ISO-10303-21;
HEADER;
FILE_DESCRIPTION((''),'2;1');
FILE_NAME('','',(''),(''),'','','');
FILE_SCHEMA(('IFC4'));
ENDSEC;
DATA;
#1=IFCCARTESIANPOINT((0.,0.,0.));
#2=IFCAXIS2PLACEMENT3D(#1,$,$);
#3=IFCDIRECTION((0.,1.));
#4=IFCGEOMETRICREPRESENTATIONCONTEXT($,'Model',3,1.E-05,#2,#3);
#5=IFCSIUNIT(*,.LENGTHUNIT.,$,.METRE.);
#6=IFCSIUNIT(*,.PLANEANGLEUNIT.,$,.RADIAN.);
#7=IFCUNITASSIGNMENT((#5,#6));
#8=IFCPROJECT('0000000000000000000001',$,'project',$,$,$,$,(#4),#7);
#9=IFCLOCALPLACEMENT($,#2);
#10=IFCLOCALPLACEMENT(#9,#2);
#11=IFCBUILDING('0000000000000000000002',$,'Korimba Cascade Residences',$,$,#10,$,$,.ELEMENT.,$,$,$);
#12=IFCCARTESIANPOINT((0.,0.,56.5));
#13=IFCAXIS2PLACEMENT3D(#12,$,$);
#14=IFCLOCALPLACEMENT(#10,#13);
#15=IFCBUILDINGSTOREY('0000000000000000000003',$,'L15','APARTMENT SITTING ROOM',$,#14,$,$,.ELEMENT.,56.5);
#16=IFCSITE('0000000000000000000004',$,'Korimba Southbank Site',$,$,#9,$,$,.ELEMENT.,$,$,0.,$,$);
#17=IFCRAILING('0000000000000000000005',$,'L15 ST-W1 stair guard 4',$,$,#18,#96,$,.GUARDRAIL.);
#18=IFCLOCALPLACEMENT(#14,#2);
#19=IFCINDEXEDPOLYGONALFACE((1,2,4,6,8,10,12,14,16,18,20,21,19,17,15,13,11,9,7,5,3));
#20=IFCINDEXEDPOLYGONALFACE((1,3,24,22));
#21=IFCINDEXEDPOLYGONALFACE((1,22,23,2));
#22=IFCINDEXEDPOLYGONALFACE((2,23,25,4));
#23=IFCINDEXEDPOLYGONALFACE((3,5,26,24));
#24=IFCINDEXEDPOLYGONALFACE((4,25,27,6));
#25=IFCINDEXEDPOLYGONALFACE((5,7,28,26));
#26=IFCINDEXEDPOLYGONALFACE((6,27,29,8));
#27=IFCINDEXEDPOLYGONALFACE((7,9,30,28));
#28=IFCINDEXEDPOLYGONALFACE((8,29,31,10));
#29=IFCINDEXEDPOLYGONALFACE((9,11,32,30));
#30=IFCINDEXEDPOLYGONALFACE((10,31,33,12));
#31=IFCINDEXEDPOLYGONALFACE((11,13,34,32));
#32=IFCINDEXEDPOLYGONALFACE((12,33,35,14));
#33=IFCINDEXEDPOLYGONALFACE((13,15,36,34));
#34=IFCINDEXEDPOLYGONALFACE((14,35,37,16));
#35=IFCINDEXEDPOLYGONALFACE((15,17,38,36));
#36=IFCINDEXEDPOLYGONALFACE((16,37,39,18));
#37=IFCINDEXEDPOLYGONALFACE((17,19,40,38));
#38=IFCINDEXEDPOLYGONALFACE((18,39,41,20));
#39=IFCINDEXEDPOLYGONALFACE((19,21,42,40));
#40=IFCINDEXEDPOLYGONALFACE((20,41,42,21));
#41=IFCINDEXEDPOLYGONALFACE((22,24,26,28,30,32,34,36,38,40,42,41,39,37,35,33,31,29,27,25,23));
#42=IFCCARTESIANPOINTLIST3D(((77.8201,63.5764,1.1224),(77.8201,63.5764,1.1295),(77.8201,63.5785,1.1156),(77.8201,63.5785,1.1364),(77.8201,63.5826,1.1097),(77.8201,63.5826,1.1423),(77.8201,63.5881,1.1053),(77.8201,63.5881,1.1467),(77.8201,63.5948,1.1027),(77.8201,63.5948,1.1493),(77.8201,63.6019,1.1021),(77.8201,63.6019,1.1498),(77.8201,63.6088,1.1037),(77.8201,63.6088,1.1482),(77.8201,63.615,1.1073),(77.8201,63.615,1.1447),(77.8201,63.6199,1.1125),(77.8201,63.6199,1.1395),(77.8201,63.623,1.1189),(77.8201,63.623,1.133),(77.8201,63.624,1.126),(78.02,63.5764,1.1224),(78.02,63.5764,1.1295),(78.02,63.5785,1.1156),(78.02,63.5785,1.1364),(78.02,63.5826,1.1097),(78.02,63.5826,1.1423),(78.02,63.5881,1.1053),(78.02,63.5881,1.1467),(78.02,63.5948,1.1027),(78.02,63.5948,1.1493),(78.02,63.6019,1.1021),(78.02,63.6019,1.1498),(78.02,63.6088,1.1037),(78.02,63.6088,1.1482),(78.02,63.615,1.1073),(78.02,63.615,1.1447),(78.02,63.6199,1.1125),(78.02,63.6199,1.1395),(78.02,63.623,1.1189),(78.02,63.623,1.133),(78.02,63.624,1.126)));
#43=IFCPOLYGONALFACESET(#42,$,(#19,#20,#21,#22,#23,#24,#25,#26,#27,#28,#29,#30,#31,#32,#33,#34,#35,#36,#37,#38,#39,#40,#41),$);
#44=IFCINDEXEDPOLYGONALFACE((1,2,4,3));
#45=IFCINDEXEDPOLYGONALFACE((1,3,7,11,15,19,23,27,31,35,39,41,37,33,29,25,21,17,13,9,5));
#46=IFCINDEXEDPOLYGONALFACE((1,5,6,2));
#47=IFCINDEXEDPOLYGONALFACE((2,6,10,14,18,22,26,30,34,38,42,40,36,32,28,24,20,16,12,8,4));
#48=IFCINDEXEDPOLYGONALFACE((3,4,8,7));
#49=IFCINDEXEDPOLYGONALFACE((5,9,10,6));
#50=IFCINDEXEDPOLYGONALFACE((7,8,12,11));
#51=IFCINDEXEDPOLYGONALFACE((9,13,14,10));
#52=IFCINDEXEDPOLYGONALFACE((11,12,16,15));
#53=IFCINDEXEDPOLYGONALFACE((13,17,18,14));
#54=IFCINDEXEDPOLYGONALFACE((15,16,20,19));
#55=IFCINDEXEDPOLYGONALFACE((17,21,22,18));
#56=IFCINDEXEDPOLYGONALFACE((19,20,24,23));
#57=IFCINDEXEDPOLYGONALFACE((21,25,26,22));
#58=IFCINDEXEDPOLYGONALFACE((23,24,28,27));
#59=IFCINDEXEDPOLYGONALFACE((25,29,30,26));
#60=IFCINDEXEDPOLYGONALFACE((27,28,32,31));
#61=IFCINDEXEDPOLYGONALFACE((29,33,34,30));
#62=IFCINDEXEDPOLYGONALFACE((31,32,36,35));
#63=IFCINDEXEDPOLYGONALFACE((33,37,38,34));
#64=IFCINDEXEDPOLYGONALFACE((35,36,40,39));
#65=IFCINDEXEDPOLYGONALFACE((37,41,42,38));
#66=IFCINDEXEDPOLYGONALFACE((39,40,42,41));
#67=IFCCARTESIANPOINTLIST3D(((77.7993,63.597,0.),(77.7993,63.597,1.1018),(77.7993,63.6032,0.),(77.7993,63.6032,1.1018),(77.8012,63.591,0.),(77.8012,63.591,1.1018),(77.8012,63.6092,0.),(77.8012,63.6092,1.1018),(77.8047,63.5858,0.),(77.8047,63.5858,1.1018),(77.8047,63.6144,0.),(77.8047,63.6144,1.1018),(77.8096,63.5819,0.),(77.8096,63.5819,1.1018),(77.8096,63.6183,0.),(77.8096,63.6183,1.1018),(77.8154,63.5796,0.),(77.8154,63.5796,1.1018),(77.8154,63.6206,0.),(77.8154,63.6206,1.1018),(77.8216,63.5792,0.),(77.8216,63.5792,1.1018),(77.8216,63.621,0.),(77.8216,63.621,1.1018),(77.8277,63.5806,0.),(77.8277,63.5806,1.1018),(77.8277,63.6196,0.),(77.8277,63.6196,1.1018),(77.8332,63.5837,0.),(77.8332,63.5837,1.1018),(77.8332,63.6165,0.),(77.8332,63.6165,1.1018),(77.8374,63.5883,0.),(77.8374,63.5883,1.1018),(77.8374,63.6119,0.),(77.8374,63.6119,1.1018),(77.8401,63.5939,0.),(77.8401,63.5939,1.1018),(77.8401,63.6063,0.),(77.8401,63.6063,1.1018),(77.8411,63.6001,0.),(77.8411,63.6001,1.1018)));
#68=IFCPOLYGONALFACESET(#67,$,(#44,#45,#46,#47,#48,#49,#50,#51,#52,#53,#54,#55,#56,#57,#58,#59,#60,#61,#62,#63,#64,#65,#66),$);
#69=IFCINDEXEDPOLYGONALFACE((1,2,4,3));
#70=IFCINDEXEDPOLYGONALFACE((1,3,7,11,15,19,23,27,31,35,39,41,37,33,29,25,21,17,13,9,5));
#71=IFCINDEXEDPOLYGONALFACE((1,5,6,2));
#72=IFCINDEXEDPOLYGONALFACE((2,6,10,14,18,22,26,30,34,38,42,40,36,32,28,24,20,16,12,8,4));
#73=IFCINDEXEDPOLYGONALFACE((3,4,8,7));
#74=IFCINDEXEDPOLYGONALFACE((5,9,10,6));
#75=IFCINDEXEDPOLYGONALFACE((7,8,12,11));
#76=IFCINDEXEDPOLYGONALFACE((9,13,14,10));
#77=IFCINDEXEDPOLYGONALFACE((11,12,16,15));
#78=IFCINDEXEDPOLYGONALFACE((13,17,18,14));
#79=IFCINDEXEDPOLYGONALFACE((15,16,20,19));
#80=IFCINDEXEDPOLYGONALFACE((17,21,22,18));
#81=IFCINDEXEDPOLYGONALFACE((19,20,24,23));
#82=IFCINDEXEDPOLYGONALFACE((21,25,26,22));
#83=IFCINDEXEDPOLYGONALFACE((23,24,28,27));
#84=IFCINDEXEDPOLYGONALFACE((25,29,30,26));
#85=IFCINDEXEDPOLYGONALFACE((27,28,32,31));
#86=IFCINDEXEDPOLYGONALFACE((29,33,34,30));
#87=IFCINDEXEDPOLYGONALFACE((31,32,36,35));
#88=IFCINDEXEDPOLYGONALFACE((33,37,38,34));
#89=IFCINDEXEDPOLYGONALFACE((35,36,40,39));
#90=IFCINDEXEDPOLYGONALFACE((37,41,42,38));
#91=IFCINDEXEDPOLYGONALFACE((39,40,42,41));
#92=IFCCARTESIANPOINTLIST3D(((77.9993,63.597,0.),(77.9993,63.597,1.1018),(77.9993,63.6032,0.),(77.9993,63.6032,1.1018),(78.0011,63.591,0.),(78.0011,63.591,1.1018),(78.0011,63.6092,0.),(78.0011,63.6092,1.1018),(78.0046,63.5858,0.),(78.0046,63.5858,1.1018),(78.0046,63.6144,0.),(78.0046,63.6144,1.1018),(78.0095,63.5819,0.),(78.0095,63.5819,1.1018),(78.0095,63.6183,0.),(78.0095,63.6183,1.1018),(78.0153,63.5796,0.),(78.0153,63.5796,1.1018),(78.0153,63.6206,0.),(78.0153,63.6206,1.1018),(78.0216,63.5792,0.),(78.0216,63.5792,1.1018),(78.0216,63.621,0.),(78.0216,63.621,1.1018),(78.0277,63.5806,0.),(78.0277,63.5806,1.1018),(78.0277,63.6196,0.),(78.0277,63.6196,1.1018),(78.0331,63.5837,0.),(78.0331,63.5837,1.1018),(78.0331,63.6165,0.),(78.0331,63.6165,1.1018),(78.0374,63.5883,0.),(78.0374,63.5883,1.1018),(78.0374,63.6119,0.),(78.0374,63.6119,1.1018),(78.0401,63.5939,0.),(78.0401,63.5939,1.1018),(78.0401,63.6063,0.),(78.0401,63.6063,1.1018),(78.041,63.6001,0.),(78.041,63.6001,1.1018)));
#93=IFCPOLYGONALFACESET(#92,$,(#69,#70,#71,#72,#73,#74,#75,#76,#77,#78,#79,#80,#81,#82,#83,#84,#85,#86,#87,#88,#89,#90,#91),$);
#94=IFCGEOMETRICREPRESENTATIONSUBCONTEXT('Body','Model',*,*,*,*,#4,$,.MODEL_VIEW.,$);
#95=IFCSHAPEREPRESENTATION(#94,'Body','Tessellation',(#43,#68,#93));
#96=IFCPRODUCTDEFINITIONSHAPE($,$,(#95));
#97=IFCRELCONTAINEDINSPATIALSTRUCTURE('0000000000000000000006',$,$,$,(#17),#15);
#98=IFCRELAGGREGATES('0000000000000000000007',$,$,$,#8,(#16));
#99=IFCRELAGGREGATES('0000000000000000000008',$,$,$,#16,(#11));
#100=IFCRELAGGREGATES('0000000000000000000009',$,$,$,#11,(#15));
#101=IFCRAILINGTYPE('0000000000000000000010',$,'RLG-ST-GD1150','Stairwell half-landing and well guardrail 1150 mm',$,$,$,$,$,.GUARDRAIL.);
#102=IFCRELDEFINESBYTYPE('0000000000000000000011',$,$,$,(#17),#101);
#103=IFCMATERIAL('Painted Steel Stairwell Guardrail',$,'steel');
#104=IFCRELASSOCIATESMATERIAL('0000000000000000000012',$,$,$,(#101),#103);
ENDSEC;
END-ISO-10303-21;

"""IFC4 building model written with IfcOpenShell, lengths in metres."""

from ifc_helpers import new_model, si_unit, direction, frame, origin, origin_2d, place, context, subcontext, project, spatial, circle, extrude, material, type_object, element, save


model = new_model("IFC4")

# Units and contexts
model_context = context("Model", 3, precision=1e-05, world=origin(), true_north=direction((0.0, 1.0)))
body_context = subcontext(model_context, "Body", "Model", "MODEL_VIEW")
ifc_project = project(units=[si_unit("LENGTHUNIT", "METRE"), si_unit("PLANEANGLEUNIT", "RADIAN")], contexts=[model_context])

# Site, building, storey
site_placement = place(None, origin())
site = spatial("IfcSite", under=ifc_project, at=site_placement, Name="Korimba Southbank Site", CompositionType="ELEMENT", RefElevation=0.0)
building_placement = place(site_placement, origin())
building = spatial("IfcBuilding", under=site, at=building_placement, Name="Korimba Cascade Residences", CompositionType="ELEMENT")
storey_placement = place(building_placement, frame((0.0, 0.0, 56.5)))
storey = spatial("IfcBuildingStorey", under=building, at=storey_placement, Name="L15", Description="APARTMENT SITTING ROOM", CompositionType="ELEMENT", Elevation=56.5)

# Railing
ifc_material_1 = material(Name="Painted Steel Stairwell Guardrail", Category="steel")
railing_type_1 = type_object("IfcRailingType", Name="RLG-ST-GD1150", Description="Stairwell half-landing and well guardrail 1150 mm", PredefinedType="GUARDRAIL", material=ifc_material_1)
railing_1_placement = place(storey_placement, frame((77.8201, 63.6001, 0.0)))
element("IfcRailing", 1, at=railing_1_placement, inside=storey, type_object=railing_type_1, Name="L15 ST-W1 stair guard 4", PredefinedType="GUARDRAIL", context=body_context, shape_type="SweptSolid", body=[
    extrude(circle(Radius=0.0239, at=origin_2d()), frame((0.0, 0.0, 1.126), z_axis=(1.0, 0.0, 0.0), x_axis=(0.0, 1.0, 0.0)), (0.0, 0.0, 1.0), 0.2),
    extrude(circle(Radius=0.021, at=origin_2d()), origin(), (0.0, 0.0, 1.0), 1.1018),
    extrude(circle(Radius=0.021, at=origin_2d()), frame((0.2, 0.0, 0.0)), (0.0, 0.0, 1.0), 1.1018),
])

save(model, "model.ifc")
